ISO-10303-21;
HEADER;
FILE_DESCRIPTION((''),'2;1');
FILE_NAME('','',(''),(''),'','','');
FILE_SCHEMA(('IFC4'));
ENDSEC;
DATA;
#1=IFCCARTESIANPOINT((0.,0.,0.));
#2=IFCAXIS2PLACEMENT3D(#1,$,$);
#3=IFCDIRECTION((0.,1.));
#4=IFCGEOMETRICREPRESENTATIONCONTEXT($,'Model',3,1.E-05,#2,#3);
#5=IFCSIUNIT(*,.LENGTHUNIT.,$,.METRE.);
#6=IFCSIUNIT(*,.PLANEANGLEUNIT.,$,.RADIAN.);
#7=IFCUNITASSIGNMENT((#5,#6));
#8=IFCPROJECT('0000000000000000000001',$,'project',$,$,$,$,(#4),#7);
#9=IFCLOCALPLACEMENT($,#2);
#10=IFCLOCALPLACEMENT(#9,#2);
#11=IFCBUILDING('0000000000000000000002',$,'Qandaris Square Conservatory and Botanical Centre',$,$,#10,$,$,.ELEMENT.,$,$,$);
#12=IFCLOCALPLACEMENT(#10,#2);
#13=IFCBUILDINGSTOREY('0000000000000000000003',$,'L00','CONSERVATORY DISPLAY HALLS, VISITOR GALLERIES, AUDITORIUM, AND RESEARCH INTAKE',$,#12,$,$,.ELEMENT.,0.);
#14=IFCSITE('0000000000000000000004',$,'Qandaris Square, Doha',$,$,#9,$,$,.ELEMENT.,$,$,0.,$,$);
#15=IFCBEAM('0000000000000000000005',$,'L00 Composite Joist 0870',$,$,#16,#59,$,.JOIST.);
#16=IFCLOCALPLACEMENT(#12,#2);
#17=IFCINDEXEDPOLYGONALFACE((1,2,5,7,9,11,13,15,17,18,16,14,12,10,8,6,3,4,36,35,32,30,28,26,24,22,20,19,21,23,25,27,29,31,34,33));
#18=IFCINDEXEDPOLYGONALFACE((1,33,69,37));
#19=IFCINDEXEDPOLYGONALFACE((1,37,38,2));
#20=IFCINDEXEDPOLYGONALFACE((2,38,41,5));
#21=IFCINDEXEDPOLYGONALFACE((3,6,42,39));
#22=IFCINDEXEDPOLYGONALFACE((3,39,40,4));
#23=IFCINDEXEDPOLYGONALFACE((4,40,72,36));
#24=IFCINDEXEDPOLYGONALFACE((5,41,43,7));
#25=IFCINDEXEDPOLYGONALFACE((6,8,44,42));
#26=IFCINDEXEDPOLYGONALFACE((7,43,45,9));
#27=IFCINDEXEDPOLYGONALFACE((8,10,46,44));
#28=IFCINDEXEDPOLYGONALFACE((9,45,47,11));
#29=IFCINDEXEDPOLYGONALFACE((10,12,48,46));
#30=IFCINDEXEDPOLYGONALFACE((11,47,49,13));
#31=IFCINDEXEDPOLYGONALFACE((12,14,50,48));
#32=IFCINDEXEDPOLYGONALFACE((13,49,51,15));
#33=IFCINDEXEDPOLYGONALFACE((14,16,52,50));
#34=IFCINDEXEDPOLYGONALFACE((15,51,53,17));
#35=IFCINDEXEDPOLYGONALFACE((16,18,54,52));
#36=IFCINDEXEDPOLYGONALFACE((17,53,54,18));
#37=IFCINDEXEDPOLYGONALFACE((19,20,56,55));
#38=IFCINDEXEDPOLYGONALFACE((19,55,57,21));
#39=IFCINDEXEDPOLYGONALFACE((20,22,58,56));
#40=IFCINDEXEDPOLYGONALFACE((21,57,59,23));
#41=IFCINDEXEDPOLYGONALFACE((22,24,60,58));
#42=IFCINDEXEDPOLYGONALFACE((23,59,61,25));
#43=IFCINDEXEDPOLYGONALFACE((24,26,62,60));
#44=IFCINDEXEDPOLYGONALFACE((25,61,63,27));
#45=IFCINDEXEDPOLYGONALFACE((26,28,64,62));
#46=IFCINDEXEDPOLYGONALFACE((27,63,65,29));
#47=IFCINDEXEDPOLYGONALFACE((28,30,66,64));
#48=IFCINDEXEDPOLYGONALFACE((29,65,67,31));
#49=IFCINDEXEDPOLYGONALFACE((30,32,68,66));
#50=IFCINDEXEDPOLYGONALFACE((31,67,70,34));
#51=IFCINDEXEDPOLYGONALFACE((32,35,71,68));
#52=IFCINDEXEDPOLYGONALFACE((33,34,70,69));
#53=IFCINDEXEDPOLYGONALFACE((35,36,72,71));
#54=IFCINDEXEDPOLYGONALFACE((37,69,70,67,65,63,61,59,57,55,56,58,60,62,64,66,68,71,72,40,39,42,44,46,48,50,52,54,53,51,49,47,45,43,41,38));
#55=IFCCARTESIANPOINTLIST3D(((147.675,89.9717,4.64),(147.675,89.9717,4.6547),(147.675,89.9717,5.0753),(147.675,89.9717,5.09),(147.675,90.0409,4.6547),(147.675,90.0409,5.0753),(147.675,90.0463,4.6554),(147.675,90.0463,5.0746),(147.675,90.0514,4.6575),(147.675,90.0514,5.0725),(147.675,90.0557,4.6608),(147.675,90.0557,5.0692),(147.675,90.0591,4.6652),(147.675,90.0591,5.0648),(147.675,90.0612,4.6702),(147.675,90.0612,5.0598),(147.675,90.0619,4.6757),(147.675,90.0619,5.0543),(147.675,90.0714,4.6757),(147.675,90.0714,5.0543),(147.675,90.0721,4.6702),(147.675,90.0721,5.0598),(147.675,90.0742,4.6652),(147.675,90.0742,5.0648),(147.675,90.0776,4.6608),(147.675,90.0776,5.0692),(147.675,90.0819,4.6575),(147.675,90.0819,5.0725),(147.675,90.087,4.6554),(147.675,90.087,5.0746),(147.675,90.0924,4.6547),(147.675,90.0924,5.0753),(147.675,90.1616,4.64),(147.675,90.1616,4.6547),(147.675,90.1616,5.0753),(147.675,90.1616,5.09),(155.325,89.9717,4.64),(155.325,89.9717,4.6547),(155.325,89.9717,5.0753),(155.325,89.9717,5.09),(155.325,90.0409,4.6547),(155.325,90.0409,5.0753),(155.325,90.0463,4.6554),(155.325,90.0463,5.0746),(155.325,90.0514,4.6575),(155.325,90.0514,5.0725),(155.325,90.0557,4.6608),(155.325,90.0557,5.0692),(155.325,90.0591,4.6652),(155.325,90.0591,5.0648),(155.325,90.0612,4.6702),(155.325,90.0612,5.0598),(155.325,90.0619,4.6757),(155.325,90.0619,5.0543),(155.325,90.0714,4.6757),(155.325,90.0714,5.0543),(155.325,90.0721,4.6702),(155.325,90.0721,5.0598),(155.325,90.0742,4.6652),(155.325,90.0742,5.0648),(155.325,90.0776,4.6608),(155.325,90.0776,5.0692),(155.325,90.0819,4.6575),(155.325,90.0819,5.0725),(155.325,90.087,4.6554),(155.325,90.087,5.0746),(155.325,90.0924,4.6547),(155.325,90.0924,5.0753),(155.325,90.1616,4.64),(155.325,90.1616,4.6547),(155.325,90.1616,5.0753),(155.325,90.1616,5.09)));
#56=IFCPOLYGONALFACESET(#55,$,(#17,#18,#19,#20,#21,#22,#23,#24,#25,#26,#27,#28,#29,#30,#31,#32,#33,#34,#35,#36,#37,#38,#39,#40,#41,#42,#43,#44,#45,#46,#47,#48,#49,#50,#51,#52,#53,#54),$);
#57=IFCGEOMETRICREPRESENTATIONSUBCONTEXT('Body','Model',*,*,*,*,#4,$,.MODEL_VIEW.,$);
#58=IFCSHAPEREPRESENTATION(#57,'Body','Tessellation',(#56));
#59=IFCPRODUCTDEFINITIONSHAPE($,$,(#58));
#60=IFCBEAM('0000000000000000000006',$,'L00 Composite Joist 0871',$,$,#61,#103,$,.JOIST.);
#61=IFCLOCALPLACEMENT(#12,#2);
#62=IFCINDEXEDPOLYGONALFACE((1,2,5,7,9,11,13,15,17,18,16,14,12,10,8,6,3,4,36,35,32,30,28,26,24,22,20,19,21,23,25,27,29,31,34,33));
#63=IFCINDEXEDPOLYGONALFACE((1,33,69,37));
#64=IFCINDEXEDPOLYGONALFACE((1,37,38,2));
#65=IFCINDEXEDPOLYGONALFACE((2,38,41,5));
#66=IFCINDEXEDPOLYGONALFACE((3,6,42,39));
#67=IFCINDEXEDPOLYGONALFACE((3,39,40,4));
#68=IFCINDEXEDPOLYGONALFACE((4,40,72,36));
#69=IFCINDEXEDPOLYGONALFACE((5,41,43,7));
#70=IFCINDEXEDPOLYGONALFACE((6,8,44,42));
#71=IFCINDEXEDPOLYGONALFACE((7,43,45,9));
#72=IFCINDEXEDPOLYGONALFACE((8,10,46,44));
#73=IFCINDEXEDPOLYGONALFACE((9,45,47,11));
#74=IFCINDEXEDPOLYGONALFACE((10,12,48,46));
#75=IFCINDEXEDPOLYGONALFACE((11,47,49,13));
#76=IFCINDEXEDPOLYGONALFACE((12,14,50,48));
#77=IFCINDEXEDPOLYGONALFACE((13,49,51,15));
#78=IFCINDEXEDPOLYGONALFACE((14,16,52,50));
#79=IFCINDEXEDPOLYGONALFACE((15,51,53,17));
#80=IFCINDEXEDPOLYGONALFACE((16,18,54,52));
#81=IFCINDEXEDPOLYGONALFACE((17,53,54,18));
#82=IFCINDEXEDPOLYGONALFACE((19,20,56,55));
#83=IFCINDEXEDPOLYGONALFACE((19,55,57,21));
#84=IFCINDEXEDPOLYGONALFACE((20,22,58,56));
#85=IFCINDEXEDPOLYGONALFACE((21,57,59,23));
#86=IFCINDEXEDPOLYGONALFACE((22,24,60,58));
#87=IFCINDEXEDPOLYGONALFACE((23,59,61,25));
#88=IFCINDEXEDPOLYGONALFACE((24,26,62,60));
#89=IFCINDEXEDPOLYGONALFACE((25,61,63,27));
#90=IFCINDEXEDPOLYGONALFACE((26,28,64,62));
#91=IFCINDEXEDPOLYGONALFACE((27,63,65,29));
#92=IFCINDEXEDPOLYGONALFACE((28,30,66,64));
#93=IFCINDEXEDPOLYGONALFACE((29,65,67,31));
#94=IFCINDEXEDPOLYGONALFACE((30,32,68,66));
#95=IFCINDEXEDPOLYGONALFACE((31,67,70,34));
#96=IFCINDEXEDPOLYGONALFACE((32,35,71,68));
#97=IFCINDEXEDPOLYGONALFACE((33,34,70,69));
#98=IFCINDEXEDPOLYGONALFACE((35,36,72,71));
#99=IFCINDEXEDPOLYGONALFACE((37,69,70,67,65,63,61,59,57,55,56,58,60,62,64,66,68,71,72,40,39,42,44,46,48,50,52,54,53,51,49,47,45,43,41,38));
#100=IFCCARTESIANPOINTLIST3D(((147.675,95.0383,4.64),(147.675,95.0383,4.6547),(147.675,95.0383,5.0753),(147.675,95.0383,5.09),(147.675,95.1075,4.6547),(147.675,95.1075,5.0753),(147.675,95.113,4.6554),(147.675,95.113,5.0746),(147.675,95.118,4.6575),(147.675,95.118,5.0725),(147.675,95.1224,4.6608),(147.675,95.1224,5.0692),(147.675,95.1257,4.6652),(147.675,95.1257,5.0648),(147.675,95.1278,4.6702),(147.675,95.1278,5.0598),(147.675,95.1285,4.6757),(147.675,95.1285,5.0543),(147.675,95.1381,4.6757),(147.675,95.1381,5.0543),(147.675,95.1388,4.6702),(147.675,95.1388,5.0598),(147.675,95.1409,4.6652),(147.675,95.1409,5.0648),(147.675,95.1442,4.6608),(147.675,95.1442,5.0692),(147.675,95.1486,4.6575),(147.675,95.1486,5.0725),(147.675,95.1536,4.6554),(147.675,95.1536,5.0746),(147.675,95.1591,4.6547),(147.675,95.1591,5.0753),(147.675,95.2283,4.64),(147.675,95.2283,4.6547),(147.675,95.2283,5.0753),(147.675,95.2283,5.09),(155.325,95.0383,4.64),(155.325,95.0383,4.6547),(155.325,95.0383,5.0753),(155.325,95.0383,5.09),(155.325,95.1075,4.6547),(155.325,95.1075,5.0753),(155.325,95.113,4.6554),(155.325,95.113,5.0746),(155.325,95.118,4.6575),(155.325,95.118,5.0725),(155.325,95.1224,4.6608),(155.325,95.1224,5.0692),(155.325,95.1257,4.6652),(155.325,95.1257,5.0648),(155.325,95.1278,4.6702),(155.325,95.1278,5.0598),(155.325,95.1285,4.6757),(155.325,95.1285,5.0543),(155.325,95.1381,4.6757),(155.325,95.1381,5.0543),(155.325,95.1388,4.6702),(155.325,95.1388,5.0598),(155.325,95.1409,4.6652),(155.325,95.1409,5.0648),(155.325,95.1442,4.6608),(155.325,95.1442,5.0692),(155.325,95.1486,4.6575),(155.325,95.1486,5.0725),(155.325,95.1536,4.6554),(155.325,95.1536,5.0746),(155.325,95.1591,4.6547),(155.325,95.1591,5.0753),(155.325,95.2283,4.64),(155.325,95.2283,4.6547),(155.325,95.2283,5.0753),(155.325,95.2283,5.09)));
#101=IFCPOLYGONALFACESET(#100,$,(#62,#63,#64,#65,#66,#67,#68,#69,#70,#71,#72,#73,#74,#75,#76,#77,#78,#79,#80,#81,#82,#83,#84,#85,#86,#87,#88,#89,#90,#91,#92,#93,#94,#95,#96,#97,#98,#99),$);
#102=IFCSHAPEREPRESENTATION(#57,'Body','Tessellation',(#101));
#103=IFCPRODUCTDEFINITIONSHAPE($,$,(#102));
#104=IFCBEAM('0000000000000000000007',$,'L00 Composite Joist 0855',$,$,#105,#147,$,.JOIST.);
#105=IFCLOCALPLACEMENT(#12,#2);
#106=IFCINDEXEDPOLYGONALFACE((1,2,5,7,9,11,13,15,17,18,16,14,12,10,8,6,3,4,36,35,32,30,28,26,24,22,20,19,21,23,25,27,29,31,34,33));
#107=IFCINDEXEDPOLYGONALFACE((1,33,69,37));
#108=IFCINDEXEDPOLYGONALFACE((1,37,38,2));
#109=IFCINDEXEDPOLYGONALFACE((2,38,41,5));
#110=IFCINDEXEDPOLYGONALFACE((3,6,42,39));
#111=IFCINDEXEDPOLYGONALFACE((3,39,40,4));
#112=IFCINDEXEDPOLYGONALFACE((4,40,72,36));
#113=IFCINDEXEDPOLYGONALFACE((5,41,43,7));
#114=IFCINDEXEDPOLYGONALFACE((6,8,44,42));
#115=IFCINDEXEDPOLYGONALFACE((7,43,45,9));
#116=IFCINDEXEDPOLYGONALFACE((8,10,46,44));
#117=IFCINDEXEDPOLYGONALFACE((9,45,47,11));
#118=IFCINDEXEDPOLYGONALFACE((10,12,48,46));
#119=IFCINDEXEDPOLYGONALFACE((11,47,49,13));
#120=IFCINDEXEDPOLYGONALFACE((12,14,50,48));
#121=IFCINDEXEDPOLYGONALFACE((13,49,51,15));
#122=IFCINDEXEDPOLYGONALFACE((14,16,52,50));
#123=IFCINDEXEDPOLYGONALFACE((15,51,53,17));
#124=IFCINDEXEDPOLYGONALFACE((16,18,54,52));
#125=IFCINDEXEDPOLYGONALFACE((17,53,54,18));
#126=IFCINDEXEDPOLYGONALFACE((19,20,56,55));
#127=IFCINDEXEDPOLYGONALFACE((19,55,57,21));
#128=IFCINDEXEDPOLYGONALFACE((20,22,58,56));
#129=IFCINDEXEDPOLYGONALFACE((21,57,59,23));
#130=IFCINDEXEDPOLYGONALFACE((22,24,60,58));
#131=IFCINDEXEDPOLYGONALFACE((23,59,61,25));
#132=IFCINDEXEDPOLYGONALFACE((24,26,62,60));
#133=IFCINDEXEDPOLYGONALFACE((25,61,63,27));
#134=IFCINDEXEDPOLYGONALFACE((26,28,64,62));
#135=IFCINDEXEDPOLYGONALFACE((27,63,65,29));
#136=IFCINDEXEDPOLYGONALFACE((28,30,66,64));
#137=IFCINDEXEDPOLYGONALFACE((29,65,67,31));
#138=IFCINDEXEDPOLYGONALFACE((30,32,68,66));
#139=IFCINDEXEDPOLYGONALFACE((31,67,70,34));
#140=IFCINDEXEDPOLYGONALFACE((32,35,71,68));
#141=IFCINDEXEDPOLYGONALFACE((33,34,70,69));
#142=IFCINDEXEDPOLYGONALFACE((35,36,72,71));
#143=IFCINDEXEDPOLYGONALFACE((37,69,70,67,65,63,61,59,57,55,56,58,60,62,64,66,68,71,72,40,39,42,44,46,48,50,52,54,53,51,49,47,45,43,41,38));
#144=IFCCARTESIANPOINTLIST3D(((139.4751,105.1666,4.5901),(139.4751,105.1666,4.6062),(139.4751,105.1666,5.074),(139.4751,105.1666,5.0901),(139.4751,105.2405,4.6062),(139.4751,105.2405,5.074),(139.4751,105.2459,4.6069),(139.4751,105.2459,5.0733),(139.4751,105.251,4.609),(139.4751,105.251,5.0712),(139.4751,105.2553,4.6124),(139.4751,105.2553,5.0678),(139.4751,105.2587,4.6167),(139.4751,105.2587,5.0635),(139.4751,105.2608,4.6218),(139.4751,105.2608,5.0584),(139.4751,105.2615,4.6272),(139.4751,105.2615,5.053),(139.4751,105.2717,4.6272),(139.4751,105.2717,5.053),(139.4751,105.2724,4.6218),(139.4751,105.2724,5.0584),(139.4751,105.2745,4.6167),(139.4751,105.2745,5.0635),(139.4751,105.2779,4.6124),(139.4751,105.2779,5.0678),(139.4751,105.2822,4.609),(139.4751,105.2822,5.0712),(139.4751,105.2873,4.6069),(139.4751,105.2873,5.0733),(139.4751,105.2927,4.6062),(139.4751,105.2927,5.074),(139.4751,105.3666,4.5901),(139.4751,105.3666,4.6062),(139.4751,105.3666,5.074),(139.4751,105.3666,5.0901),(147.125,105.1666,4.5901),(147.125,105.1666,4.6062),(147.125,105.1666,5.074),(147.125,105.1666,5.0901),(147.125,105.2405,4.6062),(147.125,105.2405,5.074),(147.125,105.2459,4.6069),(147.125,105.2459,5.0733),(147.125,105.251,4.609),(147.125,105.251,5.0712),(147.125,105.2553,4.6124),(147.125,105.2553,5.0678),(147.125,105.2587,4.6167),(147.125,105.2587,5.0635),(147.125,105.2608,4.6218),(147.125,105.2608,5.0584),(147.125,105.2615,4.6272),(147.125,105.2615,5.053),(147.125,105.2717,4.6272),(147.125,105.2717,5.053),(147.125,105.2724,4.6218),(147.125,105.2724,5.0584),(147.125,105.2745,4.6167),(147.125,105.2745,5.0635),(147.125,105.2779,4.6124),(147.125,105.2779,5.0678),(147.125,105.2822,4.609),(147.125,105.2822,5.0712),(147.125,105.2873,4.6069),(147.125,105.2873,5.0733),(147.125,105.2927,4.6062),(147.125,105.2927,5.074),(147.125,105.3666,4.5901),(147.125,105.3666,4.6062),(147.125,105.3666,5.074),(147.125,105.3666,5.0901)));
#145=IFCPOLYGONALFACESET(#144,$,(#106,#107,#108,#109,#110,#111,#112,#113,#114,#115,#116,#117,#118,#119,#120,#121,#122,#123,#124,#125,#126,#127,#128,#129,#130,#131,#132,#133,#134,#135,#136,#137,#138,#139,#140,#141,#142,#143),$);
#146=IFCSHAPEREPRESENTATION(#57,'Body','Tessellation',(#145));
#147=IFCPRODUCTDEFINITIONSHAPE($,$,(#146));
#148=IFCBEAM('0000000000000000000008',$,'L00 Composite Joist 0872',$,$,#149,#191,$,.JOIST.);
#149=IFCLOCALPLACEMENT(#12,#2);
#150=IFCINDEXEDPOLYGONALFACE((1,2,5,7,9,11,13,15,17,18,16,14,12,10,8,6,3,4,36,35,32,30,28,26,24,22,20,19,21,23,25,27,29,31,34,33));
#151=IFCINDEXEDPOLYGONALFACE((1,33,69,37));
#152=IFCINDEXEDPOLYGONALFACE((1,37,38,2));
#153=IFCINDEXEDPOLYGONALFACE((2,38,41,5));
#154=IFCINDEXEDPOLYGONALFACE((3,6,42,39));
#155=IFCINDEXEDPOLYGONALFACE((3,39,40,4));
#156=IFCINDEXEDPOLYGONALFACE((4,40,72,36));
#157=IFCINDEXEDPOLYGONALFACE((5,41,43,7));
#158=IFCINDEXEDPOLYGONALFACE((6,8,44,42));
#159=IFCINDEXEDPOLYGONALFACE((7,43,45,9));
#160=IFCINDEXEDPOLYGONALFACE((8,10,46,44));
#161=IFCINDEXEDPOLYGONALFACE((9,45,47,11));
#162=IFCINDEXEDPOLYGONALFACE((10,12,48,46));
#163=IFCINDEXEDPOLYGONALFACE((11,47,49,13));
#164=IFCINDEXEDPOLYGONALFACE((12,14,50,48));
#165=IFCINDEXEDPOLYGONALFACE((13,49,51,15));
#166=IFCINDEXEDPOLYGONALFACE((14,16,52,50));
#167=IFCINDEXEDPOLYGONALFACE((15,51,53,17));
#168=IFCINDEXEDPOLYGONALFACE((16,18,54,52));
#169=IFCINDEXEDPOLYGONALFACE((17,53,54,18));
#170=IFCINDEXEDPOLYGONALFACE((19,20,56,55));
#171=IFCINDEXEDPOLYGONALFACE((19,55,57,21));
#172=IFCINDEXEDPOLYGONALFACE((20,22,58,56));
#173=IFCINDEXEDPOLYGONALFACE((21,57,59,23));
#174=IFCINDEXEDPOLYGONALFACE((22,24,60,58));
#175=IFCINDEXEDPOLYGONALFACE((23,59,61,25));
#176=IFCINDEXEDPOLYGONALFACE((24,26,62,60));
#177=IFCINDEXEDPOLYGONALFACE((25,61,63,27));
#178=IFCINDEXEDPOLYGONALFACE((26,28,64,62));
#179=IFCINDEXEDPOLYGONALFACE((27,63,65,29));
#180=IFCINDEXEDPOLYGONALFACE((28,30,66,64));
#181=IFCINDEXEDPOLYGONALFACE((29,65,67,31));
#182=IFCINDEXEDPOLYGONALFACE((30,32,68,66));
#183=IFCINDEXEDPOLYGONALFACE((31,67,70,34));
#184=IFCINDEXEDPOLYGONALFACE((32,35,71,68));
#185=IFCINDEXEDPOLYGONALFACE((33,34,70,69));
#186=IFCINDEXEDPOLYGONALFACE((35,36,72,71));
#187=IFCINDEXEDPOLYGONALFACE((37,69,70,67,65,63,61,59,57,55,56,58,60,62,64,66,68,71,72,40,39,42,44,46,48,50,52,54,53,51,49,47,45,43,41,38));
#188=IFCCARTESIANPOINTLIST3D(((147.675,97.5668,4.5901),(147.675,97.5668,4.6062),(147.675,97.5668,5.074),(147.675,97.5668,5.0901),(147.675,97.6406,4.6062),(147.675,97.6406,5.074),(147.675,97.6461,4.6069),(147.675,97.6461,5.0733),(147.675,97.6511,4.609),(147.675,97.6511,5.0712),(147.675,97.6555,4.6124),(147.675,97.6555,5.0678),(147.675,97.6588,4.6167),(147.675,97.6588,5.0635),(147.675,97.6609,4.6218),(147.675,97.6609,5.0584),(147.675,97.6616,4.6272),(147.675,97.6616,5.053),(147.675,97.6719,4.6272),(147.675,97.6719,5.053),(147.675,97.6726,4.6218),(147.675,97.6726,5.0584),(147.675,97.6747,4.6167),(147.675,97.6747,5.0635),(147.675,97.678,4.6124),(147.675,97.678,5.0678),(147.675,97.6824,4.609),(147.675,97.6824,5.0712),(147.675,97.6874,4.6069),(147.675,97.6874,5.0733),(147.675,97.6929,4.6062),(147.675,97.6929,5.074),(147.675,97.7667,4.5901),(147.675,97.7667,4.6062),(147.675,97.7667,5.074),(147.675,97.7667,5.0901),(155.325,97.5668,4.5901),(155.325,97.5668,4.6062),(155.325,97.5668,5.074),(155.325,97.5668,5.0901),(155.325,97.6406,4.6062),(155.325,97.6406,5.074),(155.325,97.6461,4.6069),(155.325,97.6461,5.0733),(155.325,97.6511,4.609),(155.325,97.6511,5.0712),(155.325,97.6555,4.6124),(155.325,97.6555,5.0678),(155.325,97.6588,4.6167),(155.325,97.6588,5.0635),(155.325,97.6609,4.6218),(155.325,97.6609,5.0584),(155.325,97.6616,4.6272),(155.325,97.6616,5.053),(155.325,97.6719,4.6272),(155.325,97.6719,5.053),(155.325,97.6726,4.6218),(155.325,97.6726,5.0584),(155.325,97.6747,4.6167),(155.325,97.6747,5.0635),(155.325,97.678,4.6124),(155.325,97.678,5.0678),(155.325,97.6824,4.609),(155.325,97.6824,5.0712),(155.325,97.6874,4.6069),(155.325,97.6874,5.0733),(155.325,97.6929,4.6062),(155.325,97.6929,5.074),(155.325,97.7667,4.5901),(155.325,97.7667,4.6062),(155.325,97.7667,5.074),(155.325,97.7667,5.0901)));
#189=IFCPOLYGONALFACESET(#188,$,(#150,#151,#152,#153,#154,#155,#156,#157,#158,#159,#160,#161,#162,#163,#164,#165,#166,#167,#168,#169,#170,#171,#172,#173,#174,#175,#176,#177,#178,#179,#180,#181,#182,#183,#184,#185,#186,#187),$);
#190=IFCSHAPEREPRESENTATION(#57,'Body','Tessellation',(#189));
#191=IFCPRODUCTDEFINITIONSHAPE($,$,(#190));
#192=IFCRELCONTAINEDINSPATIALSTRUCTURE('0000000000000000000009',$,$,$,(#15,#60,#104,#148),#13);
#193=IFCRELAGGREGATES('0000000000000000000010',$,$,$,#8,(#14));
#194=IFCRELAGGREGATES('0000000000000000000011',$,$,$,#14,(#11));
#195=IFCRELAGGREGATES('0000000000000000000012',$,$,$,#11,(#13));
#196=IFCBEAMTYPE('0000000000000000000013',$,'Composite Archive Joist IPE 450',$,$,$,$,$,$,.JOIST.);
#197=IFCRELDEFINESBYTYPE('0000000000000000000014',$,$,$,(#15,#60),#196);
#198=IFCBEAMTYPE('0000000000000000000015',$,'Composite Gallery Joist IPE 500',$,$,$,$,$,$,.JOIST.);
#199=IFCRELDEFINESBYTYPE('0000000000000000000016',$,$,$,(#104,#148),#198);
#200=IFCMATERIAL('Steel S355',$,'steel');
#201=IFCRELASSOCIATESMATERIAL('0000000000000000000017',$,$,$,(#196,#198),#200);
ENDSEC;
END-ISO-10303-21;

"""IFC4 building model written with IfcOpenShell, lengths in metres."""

from ifc_helpers import new_model, si_unit, direction, frame, origin, origin_2d, place, context, subcontext, project, spatial, i_section, extrude, material, material_profile, profile_set, type_object, element, save


model = new_model("IFC4")

# Units and contexts
model_context = context("Model", 3, precision=1e-05, world=origin(), true_north=direction((0.0, 1.0)))
body_context = subcontext(model_context, "Body", "Model", "MODEL_VIEW")
ifc_project = project(units=[si_unit("LENGTHUNIT", "METRE"), si_unit("PLANEANGLEUNIT", "RADIAN")], contexts=[model_context])

# Site, building, storey
site_placement = place(None, origin())
site = spatial("IfcSite", under=ifc_project, at=site_placement, Name="Qandaris Square, Doha", CompositionType="ELEMENT", RefElevation=0.0)
building_placement = place(site_placement, origin())
building = spatial("IfcBuilding", under=site, at=building_placement, Name="Qandaris Square Conservatory and Botanical Centre", CompositionType="ELEMENT")
storey_placement = place(building_placement, origin())
storey = spatial("IfcBuildingStorey", under=building, at=storey_placement, Name="L00", Description="CONSERVATORY DISPLAY HALLS, VISITOR GALLERIES, AUDITORIUM, AND RESEARCH INTAKE", CompositionType="ELEMENT", Elevation=0.0)

# Beams
ifc_material_1 = material(Name="Steel S355", Category="steel")
ifc_material_profile_1 = material_profile(ifc_material_1, i_section(OverallWidth=0.1899, OverallDepth=0.45, WebThickness=0.0095, FlangeThickness=0.0146, FilletRadius=0.021, at=origin_2d()), Name="IPE 450")
ifc_profile_set_1 = profile_set([ifc_material_profile_1], Name="Steel S355")
beam_type_1 = type_object("IfcBeamType", Name="Composite Archive Joist IPE 450", PredefinedType="JOIST", material=ifc_profile_set_1)
for number, where, z_axis, x_axis, name in (
    (1, (147.675, 90.0667, 4.865), (1.0, 0.0, 0.0), (0.0, 1.0, 0.0), "L00 Composite Joist 0870"),
    (2, (147.675, 95.1333, 4.865), (1.0, 0.0, 0.0), (0.0, 1.0, 0.0), "L00 Composite Joist 0871"),
):
    element("IfcBeam", number, at=place(storey_placement, frame(where, z_axis=z_axis, x_axis=x_axis)), inside=storey, type_object=beam_type_1, Name=name, PredefinedType="JOIST", context=body_context, shape_type="SweptSolid", body=[
        extrude(i_section(OverallWidth=0.1899, OverallDepth=0.45, WebThickness=0.0095, FlangeThickness=0.0146, FilletRadius=0.021, at=origin_2d()), origin(), (0.0, 0.0, 1.0), 7.6499),
    ])
ifc_material_profile_2 = material_profile(ifc_material_1, i_section(OverallWidth=0.2, OverallDepth=0.5, WebThickness=0.0103, FlangeThickness=0.0161, FilletRadius=0.021, at=origin_2d()), Name="IPE 500")
ifc_profile_set_2 = profile_set([ifc_material_profile_2], Name="Steel S355")
beam_type_2 = type_object("IfcBeamType", Name="Composite Gallery Joist IPE 500", PredefinedType="JOIST", material=ifc_profile_set_2)
for number, where, z_axis, x_axis, name in (
    (3, (139.4751, 105.2666, 4.8401), (1.0, 0.0, 0.0), (0.0, 1.0, 0.0), "L00 Composite Joist 0855"),
    (4, (147.675, 97.6667, 4.8401), (1.0, 0.0, 0.0), (0.0, 1.0, 0.0), "L00 Composite Joist 0872"),
):
    element("IfcBeam", number, at=place(storey_placement, frame(where, z_axis=z_axis, x_axis=x_axis)), inside=storey, type_object=beam_type_2, Name=name, PredefinedType="JOIST", context=body_context, shape_type="SweptSolid", body=[
        extrude(i_section(OverallWidth=0.2, OverallDepth=0.5, WebThickness=0.0103, FlangeThickness=0.0161, FilletRadius=0.021, at=origin_2d()), origin(), (0.0, 0.0, 1.0), 7.6499),
    ])

save(model, "model.ifc")
